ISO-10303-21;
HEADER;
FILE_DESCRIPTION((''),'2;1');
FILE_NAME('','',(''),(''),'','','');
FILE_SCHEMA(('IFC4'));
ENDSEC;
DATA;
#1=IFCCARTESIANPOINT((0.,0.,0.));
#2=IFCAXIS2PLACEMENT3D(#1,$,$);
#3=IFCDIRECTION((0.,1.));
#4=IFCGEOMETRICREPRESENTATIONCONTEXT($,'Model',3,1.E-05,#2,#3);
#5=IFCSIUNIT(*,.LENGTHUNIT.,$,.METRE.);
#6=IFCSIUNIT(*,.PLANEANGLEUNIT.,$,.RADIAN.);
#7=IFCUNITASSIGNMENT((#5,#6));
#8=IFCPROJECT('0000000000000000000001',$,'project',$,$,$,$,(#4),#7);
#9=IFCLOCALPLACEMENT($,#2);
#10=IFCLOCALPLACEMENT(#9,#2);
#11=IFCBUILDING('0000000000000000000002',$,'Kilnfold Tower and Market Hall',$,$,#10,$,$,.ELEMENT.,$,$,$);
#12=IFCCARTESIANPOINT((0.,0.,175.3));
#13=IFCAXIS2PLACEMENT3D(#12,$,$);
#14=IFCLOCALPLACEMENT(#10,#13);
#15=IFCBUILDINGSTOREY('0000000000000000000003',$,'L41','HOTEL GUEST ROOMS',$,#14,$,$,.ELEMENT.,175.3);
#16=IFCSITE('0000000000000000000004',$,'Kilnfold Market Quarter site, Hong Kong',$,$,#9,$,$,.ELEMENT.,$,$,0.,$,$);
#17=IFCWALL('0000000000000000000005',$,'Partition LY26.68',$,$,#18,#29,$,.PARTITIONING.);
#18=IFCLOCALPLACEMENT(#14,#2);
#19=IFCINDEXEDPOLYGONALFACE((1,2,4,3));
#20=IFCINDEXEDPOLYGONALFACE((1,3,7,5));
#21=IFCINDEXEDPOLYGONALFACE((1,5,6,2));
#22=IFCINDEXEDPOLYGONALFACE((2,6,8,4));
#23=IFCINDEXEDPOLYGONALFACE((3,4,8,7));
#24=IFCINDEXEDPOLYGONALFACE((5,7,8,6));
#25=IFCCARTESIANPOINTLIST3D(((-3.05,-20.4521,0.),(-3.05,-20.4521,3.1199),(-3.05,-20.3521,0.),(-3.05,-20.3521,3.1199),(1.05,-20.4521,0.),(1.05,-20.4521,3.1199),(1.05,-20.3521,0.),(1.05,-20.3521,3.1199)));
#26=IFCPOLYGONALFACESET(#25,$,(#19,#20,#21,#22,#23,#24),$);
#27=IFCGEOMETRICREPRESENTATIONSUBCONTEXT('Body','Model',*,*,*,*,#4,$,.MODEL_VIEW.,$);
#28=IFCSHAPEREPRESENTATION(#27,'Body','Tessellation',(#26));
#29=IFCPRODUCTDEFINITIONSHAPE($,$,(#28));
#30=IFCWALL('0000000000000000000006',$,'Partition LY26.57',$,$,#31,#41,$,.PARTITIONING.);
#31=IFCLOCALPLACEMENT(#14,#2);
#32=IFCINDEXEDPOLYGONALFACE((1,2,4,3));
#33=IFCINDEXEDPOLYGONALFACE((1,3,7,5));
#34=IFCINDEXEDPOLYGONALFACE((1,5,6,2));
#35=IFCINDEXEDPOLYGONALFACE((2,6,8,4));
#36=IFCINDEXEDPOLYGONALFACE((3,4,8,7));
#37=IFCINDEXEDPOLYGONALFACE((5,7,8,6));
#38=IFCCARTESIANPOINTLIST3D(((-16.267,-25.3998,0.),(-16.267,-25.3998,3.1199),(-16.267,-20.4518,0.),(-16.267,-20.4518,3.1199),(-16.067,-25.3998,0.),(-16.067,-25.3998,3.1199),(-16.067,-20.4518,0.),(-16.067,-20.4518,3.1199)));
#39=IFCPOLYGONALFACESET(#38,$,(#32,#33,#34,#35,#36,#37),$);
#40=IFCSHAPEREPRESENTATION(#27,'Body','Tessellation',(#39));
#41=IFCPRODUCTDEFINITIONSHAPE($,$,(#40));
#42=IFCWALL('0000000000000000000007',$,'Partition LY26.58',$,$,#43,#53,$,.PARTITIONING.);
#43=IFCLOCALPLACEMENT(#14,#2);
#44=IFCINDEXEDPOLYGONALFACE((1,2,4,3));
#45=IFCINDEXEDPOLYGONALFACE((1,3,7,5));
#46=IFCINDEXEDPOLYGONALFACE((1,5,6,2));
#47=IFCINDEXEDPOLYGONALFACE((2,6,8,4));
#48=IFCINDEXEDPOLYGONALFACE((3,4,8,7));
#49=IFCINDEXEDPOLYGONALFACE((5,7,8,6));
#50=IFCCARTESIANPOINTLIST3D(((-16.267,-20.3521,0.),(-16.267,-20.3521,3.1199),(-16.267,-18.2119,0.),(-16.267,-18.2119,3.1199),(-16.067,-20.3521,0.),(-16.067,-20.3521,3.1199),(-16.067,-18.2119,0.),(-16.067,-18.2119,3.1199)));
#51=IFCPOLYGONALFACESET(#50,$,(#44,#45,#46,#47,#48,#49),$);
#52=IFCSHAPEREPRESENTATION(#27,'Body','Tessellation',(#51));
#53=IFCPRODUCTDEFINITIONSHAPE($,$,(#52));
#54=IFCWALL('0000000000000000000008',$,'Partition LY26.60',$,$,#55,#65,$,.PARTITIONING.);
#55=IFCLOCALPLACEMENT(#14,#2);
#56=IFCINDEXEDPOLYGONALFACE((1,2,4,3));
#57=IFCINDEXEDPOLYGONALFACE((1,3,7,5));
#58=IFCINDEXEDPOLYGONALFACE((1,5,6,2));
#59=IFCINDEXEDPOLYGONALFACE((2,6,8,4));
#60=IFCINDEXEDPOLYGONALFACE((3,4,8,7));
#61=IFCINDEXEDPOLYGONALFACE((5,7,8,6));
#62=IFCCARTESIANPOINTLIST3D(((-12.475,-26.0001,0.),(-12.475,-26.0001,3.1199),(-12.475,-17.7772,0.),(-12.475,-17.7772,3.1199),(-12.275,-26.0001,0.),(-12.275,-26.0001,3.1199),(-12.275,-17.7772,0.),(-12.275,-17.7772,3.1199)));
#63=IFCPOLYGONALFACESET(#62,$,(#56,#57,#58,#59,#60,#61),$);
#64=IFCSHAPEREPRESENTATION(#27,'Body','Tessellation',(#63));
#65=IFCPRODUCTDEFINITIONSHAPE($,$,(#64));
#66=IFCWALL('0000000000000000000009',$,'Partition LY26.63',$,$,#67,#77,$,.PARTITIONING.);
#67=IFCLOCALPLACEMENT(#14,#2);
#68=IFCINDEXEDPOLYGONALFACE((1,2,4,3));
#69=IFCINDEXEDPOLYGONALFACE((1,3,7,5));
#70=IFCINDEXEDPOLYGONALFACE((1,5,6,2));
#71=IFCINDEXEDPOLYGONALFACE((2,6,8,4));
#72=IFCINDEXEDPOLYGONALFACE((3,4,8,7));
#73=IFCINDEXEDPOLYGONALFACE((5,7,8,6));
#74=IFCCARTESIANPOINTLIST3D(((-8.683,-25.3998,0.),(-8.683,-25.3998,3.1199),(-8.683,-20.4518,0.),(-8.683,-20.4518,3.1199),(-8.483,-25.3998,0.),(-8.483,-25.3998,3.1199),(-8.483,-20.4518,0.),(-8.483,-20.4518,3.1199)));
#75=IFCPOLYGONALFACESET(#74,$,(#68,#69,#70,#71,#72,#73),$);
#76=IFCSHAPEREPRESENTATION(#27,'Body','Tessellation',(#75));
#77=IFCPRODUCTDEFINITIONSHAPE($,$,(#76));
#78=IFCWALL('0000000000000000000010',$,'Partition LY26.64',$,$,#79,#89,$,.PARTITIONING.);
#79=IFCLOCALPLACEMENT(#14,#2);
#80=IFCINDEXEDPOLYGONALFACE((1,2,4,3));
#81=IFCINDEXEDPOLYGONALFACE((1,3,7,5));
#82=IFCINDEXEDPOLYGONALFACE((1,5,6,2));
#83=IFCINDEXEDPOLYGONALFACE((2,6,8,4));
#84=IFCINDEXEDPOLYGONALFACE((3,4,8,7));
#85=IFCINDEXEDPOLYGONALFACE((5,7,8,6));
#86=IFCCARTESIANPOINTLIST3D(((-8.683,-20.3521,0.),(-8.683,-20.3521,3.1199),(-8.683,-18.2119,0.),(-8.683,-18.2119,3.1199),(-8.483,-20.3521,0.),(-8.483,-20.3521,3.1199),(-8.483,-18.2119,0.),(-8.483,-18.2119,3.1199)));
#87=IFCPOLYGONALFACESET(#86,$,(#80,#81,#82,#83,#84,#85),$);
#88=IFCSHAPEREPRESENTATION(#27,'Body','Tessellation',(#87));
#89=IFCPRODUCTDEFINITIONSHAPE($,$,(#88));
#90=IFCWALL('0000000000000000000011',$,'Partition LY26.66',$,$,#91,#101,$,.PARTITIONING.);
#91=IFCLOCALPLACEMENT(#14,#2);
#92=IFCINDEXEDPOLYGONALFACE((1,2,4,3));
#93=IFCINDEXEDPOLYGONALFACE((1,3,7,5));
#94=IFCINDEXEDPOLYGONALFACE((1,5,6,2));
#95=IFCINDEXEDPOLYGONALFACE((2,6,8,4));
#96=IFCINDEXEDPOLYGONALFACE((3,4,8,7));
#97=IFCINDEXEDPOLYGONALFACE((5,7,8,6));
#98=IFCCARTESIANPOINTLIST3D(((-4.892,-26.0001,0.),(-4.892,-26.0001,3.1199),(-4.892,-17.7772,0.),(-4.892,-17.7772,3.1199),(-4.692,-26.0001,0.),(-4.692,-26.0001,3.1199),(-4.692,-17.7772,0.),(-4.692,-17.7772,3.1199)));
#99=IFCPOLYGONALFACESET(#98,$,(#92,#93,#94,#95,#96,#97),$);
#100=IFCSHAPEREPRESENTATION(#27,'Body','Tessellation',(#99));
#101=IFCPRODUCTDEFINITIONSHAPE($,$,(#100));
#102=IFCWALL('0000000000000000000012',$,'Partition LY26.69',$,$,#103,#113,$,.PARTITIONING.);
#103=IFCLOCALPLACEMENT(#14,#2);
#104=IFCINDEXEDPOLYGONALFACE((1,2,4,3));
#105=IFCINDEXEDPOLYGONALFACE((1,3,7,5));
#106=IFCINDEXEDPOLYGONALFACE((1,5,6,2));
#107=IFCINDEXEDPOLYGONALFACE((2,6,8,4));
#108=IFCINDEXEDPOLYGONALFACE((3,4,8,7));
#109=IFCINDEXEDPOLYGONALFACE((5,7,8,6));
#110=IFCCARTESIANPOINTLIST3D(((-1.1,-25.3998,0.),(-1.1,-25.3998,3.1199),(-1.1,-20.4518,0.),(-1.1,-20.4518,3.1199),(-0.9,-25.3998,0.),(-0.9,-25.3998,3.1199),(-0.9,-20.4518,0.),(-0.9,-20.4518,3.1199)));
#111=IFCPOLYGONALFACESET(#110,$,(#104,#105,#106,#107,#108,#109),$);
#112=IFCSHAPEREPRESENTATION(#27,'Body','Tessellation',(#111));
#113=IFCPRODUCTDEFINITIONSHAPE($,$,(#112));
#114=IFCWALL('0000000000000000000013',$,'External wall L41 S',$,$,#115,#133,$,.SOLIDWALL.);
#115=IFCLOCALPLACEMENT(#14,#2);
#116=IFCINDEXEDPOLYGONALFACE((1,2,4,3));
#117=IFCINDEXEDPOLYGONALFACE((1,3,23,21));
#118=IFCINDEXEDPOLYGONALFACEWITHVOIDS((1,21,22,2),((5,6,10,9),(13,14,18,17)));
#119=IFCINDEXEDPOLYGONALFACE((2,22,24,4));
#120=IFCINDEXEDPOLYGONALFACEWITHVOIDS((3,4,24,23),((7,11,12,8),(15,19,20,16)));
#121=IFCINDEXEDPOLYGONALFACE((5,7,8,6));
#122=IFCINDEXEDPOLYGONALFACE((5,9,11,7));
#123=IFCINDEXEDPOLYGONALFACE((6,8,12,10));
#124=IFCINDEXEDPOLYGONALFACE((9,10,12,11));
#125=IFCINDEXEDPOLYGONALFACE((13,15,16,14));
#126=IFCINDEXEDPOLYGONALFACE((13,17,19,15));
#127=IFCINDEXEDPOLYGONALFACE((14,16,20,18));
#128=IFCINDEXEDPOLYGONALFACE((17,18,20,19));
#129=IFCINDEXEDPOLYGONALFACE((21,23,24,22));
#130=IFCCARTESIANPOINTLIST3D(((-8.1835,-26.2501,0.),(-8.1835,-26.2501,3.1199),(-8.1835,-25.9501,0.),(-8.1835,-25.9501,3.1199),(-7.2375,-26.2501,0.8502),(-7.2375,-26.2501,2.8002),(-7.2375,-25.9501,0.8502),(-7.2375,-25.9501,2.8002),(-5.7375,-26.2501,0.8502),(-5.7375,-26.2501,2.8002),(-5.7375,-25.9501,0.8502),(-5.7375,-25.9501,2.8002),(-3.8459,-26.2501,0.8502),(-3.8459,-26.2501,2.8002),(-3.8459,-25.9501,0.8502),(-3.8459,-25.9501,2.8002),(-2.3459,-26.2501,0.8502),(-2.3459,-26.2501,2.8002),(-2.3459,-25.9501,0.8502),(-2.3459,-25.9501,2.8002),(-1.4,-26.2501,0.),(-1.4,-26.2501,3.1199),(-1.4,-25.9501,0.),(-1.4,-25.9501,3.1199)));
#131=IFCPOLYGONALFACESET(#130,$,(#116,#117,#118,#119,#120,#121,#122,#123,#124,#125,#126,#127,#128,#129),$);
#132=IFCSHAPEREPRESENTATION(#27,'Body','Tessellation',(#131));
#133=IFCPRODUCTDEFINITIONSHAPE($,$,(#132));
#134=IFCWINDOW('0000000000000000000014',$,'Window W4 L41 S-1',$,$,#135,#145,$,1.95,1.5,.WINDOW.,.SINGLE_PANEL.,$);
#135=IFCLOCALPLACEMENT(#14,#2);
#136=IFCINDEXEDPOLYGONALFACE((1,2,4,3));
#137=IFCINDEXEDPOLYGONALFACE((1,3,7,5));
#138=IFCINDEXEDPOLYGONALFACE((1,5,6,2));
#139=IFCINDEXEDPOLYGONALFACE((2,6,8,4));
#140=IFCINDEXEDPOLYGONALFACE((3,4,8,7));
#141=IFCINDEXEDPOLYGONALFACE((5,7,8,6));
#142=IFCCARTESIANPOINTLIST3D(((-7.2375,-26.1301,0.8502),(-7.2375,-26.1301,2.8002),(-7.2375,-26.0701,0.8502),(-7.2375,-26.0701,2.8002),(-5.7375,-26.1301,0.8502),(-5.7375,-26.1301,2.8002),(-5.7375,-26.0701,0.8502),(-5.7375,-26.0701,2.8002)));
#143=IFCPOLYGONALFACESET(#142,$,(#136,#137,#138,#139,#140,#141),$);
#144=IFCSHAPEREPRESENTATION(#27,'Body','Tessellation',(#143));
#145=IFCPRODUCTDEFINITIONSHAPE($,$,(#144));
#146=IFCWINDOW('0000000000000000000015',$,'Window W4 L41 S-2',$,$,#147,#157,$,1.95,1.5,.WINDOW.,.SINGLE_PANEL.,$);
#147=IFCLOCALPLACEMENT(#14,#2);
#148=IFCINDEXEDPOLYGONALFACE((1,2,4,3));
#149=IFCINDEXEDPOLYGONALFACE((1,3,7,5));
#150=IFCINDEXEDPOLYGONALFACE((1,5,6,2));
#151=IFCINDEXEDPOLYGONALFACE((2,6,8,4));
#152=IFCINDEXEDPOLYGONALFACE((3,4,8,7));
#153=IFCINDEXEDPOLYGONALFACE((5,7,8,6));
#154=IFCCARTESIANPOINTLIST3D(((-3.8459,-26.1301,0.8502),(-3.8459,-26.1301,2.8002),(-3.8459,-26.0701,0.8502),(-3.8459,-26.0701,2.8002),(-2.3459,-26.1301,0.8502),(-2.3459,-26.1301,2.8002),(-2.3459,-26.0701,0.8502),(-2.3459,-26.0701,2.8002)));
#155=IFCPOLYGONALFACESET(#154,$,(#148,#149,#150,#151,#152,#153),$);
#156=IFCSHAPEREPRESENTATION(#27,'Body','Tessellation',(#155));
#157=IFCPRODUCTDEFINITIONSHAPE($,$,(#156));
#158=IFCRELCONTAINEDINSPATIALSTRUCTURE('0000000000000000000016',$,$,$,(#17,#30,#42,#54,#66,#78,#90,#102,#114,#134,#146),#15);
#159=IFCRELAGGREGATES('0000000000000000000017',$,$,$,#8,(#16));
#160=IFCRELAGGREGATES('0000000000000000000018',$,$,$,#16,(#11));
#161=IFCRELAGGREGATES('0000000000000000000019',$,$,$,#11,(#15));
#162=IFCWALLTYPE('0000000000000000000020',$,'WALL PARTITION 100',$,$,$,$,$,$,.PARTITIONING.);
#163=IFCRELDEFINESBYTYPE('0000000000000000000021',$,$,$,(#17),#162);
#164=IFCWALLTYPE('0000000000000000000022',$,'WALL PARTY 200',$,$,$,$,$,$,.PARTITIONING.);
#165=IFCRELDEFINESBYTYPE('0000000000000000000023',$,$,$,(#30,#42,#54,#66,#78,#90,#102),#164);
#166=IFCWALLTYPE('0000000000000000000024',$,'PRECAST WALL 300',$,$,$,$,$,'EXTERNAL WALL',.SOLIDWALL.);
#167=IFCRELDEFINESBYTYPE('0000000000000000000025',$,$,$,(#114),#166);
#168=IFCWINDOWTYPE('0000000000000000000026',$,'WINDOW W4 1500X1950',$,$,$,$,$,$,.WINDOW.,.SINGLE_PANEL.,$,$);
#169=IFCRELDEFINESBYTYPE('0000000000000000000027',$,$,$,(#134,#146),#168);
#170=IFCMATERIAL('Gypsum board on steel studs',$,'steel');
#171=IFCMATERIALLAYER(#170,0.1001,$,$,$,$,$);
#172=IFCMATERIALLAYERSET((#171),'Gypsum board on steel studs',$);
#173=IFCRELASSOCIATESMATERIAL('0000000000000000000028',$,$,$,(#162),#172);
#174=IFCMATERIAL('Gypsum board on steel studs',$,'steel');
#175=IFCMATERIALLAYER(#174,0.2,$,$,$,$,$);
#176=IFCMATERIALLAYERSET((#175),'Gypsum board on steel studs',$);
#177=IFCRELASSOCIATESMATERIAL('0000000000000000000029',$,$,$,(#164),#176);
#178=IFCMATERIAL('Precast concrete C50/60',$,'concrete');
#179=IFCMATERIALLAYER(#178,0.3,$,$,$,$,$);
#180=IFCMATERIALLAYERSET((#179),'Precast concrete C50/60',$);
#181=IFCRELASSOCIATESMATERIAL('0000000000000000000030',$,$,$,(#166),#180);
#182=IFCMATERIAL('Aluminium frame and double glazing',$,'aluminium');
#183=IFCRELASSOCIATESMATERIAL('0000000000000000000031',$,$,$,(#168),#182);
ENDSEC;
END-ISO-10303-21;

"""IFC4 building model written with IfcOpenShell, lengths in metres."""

from ifc_helpers import new_model, si_unit, direction, frame, frame_2d, origin, place, context, subcontext, project, spatial, rectangle, extrude, source, transform, mapped, material, layer, layer_set, type_object, element, fill, save


model = new_model("IFC4")

# Units and contexts
model_context = context("Model", 3, precision=1e-05, world=origin(), true_north=direction((0.0, 1.0)))
body_context = subcontext(model_context, "Body", "Model", "MODEL_VIEW")
ifc_project = project(units=[si_unit("LENGTHUNIT", "METRE"), si_unit("PLANEANGLEUNIT", "RADIAN")], contexts=[model_context])

# Site, building, storey
site_placement = place(None, origin())
site = spatial("IfcSite", under=ifc_project, at=site_placement, Name="Kilnfold Market Quarter site, Hong Kong", CompositionType="ELEMENT", RefElevation=0.0)
building_placement = place(site_placement, origin())
building = spatial("IfcBuilding", under=site, at=building_placement, Name="Kilnfold Tower and Market Hall", CompositionType="ELEMENT")
storey_placement = place(building_placement, frame((0.0, 0.0, 175.3)))
storey = spatial("IfcBuildingStorey", under=building, at=storey_placement, Name="L41", Description="HOTEL GUEST ROOMS", CompositionType="ELEMENT", Elevation=175.3)

# Shared definitions
ifc_material_1 = material(Name="Gypsum board on steel studs", Category="steel")
ifc_layer_1 = layer(ifc_material_1, 0.1001)
ifc_layer_set_1 = layer_set([ifc_layer_1], Name="Gypsum board on steel studs")
wall_type_1 = type_object("IfcWallType", Name="WALL PARTITION 100", PredefinedType="PARTITIONING", material=ifc_layer_set_1)

# Walls
wall_1_placement = place(storey_placement, frame((-3.05, -20.4021, 0.0), z_axis=(0.0, 0.0, 1.0), x_axis=(1.0, 0.0, 0.0)))
element("IfcWall", 1, at=wall_1_placement, inside=storey, type_object=wall_type_1, Name="Partition LY26.68", PredefinedType="PARTITIONING", context=body_context, shape_type="SweptSolid", body=[
    extrude(rectangle(XDim=4.1001, YDim=0.1001, at=frame_2d((2.05, 0.0))), origin(), (0.0, 0.0, 1.0), 3.1199),
])
ifc_material_2 = material(Name="Gypsum board on steel studs", Category="steel")
ifc_layer_2 = layer(ifc_material_2, 0.2)
ifc_layer_set_2 = layer_set([ifc_layer_2], Name="Gypsum board on steel studs")
wall_type_2 = type_object("IfcWallType", Name="WALL PARTY 200", PredefinedType="PARTITIONING", material=ifc_layer_set_2)
wall_2_placement = place(storey_placement, frame((-16.167, -25.3999, 0.0), z_axis=(0.0, 0.0, 1.0), x_axis=(0.0, 1.0, 0.0)))
element("IfcWall", 2, at=wall_2_placement, inside=storey, type_object=wall_type_2, Name="Partition LY26.57", PredefinedType="PARTITIONING", context=body_context, shape_type="SweptSolid", body=[
    extrude(rectangle(XDim=4.948, YDim=0.2, at=frame_2d((2.4741, 0.0))), origin(), (0.0, 0.0, 1.0), 3.1199),
])
wall_3_placement = place(storey_placement, frame((-16.167, -20.3521, 0.0), z_axis=(0.0, 0.0, 1.0), x_axis=(0.0, 1.0, 0.0)))
element("IfcWall", 3, at=wall_3_placement, inside=storey, type_object=wall_type_2, Name="Partition LY26.58", PredefinedType="PARTITIONING", context=body_context, shape_type="SweptSolid", body=[
    extrude(rectangle(XDim=2.1401, YDim=0.2, at=frame_2d((1.0701, 0.0))), origin(), (0.0, 0.0, 1.0), 3.1199),
])
wall_4_placement = place(storey_placement, frame((-12.375, -26.0, 0.0), z_axis=(0.0, 0.0, 1.0), x_axis=(0.0, 1.0, 0.0)))
element("IfcWall", 4, at=wall_4_placement, inside=storey, type_object=wall_type_2, Name="Partition LY26.60", PredefinedType="PARTITIONING", context=body_context, shape_type="SweptSolid", body=[
    extrude(rectangle(XDim=8.2229, YDim=0.2, at=frame_2d((4.1113, 0.0))), origin(), (0.0, 0.0, 1.0), 3.1199),
])
wall_5_placement = place(storey_placement, frame((-8.583, -25.3999, 0.0), z_axis=(0.0, 0.0, 1.0), x_axis=(0.0, 1.0, 0.0)))
element("IfcWall", 5, at=wall_5_placement, inside=storey, type_object=wall_type_2, Name="Partition LY26.63", PredefinedType="PARTITIONING", context=body_context, shape_type="SweptSolid", body=[
    extrude(rectangle(XDim=4.948, YDim=0.2, at=frame_2d((2.4741, 0.0))), origin(), (0.0, 0.0, 1.0), 3.1199),
])
wall_6_placement = place(storey_placement, frame((-8.583, -20.3521, 0.0), z_axis=(0.0, 0.0, 1.0), x_axis=(0.0, 1.0, 0.0)))
element("IfcWall", 6, at=wall_6_placement, inside=storey, type_object=wall_type_2, Name="Partition LY26.64", PredefinedType="PARTITIONING", context=body_context, shape_type="SweptSolid", body=[
    extrude(rectangle(XDim=2.1401, YDim=0.2, at=frame_2d((1.0701, 0.0))), origin(), (0.0, 0.0, 1.0), 3.1199),
])
wall_7_placement = place(storey_placement, frame((-4.792, -26.0, 0.0), z_axis=(0.0, 0.0, 1.0), x_axis=(0.0, 1.0, 0.0)))
element("IfcWall", 7, at=wall_7_placement, inside=storey, type_object=wall_type_2, Name="Partition LY26.66", PredefinedType="PARTITIONING", context=body_context, shape_type="SweptSolid", body=[
    extrude(rectangle(XDim=8.2229, YDim=0.2, at=frame_2d((4.1113, 0.0))), origin(), (0.0, 0.0, 1.0), 3.1199),
])
wall_8_placement = place(storey_placement, frame((-1.0, -25.3999, 0.0), z_axis=(0.0, 0.0, 1.0), x_axis=(0.0, 1.0, 0.0)))
element("IfcWall", 8, at=wall_8_placement, inside=storey, type_object=wall_type_2, Name="Partition LY26.69", PredefinedType="PARTITIONING", context=body_context, shape_type="SweptSolid", body=[
    extrude(rectangle(XDim=4.948, YDim=0.2, at=frame_2d((2.4741, 0.0))), origin(), (0.0, 0.0, 1.0), 3.1199),
])

# Wall, openings, windows
ifc_material_3 = material(Name="Precast concrete C50/60", Category="concrete")
ifc_layer_3 = layer(ifc_material_3, 0.3)
ifc_layer_set_3 = layer_set([ifc_layer_3], Name="Precast concrete C50/60")
wall_type_3 = type_object("IfcWallType", Name="PRECAST WALL 300", ElementType="EXTERNAL WALL", PredefinedType="SOLIDWALL", material=ifc_layer_set_3)
shared_shape_1 = source(origin(), body_context, "Body", "SweptSolid", [
    extrude(rectangle(XDim=6.7834, YDim=0.3, at=frame_2d((3.3916, 0.0))), origin(), (0.0, 0.0, 1.0), 3.1199),
])
wall_9_placement = place(storey_placement, frame((-8.1833, -26.1001, 0.0), z_axis=(0.0, 0.0, 1.0), x_axis=(1.0, 0.0, 0.0)))
wall_9 = element("IfcWall", 9, at=wall_9_placement, inside=storey, type_object=wall_type_3, Name="External wall L41 S", PredefinedType="SOLIDWALL", context=body_context, shape_type="MappedRepresentation", body=[
    mapped(shared_shape_1, transform((0.0, 0.0, 0.0))),
])
opening_1_placement = place(wall_9_placement, frame((0.9458, 0.0, 0.8501)))
opening_1 = element("IfcOpeningElement", 10, at=opening_1_placement, cuts=wall_9, PredefinedType="OPENING", context=body_context, shape_type="SweptSolid", body=[
    extrude(rectangle(XDim=1.5, YDim=1.95, at=frame_2d((0.75, 0.9751))), frame((0.0, 0.1602, 0.0), z_axis=(0.0, -1.0, 0.0), x_axis=(1.0, 0.0, 0.0)), (0.0, 0.0, 1.0), 0.3201),
])
opening_2_placement = place(wall_9_placement, frame((4.3374, 0.0, 0.8501)))
opening_2 = element("IfcOpeningElement", 11, at=opening_2_placement, cuts=wall_9, PredefinedType="OPENING", context=body_context, shape_type="SweptSolid", body=[
    extrude(rectangle(XDim=1.5, YDim=1.95, at=frame_2d((0.75, 0.9751))), frame((0.0, 0.1602, 0.0), z_axis=(0.0, -1.0, 0.0), x_axis=(1.0, 0.0, 0.0)), (0.0, 0.0, 1.0), 0.3201),
])
ifc_material_4 = material(Name="Aluminium frame and double glazing", Category="aluminium")
window_type = type_object("IfcWindowType", Name="WINDOW W4 1500X1950", PartitioningType="SINGLE_PANEL", PredefinedType="WINDOW", material=ifc_material_4)
window_1_placement = place(opening_1_placement, origin())
window_1 = element("IfcWindow", 12, at=window_1_placement, inside=storey, type_object=window_type, Name="Window W4 L41 S-1", OverallHeight=1.95, OverallWidth=1.5, PartitioningType="SINGLE_PANEL", PredefinedType="WINDOW", context=body_context, shape_type="SweptSolid", body=[
    extrude(rectangle(XDim=1.5, YDim=1.95, at=frame_2d((0.75, 0.9751))), frame((0.0, 0.03, 0.0), z_axis=(0.0, -1.0, 0.0), x_axis=(1.0, 0.0, 0.0)), (0.0, 0.0, 1.0), 0.0601),
])
fill(opening_1, window_1)
window_2_placement = place(opening_2_placement, origin())
window_2 = element("IfcWindow", 13, at=window_2_placement, inside=storey, type_object=window_type, Name="Window W4 L41 S-2", OverallHeight=1.95, OverallWidth=1.5, PartitioningType="SINGLE_PANEL", PredefinedType="WINDOW", context=body_context, shape_type="SweptSolid", body=[
    extrude(rectangle(XDim=1.5, YDim=1.95, at=frame_2d((0.75, 0.9751))), frame((0.0, 0.03, 0.0), z_axis=(0.0, -1.0, 0.0), x_axis=(1.0, 0.0, 0.0)), (0.0, 0.0, 1.0), 0.0601),
])
fill(opening_2, window_2)

save(model, "model.ifc")
